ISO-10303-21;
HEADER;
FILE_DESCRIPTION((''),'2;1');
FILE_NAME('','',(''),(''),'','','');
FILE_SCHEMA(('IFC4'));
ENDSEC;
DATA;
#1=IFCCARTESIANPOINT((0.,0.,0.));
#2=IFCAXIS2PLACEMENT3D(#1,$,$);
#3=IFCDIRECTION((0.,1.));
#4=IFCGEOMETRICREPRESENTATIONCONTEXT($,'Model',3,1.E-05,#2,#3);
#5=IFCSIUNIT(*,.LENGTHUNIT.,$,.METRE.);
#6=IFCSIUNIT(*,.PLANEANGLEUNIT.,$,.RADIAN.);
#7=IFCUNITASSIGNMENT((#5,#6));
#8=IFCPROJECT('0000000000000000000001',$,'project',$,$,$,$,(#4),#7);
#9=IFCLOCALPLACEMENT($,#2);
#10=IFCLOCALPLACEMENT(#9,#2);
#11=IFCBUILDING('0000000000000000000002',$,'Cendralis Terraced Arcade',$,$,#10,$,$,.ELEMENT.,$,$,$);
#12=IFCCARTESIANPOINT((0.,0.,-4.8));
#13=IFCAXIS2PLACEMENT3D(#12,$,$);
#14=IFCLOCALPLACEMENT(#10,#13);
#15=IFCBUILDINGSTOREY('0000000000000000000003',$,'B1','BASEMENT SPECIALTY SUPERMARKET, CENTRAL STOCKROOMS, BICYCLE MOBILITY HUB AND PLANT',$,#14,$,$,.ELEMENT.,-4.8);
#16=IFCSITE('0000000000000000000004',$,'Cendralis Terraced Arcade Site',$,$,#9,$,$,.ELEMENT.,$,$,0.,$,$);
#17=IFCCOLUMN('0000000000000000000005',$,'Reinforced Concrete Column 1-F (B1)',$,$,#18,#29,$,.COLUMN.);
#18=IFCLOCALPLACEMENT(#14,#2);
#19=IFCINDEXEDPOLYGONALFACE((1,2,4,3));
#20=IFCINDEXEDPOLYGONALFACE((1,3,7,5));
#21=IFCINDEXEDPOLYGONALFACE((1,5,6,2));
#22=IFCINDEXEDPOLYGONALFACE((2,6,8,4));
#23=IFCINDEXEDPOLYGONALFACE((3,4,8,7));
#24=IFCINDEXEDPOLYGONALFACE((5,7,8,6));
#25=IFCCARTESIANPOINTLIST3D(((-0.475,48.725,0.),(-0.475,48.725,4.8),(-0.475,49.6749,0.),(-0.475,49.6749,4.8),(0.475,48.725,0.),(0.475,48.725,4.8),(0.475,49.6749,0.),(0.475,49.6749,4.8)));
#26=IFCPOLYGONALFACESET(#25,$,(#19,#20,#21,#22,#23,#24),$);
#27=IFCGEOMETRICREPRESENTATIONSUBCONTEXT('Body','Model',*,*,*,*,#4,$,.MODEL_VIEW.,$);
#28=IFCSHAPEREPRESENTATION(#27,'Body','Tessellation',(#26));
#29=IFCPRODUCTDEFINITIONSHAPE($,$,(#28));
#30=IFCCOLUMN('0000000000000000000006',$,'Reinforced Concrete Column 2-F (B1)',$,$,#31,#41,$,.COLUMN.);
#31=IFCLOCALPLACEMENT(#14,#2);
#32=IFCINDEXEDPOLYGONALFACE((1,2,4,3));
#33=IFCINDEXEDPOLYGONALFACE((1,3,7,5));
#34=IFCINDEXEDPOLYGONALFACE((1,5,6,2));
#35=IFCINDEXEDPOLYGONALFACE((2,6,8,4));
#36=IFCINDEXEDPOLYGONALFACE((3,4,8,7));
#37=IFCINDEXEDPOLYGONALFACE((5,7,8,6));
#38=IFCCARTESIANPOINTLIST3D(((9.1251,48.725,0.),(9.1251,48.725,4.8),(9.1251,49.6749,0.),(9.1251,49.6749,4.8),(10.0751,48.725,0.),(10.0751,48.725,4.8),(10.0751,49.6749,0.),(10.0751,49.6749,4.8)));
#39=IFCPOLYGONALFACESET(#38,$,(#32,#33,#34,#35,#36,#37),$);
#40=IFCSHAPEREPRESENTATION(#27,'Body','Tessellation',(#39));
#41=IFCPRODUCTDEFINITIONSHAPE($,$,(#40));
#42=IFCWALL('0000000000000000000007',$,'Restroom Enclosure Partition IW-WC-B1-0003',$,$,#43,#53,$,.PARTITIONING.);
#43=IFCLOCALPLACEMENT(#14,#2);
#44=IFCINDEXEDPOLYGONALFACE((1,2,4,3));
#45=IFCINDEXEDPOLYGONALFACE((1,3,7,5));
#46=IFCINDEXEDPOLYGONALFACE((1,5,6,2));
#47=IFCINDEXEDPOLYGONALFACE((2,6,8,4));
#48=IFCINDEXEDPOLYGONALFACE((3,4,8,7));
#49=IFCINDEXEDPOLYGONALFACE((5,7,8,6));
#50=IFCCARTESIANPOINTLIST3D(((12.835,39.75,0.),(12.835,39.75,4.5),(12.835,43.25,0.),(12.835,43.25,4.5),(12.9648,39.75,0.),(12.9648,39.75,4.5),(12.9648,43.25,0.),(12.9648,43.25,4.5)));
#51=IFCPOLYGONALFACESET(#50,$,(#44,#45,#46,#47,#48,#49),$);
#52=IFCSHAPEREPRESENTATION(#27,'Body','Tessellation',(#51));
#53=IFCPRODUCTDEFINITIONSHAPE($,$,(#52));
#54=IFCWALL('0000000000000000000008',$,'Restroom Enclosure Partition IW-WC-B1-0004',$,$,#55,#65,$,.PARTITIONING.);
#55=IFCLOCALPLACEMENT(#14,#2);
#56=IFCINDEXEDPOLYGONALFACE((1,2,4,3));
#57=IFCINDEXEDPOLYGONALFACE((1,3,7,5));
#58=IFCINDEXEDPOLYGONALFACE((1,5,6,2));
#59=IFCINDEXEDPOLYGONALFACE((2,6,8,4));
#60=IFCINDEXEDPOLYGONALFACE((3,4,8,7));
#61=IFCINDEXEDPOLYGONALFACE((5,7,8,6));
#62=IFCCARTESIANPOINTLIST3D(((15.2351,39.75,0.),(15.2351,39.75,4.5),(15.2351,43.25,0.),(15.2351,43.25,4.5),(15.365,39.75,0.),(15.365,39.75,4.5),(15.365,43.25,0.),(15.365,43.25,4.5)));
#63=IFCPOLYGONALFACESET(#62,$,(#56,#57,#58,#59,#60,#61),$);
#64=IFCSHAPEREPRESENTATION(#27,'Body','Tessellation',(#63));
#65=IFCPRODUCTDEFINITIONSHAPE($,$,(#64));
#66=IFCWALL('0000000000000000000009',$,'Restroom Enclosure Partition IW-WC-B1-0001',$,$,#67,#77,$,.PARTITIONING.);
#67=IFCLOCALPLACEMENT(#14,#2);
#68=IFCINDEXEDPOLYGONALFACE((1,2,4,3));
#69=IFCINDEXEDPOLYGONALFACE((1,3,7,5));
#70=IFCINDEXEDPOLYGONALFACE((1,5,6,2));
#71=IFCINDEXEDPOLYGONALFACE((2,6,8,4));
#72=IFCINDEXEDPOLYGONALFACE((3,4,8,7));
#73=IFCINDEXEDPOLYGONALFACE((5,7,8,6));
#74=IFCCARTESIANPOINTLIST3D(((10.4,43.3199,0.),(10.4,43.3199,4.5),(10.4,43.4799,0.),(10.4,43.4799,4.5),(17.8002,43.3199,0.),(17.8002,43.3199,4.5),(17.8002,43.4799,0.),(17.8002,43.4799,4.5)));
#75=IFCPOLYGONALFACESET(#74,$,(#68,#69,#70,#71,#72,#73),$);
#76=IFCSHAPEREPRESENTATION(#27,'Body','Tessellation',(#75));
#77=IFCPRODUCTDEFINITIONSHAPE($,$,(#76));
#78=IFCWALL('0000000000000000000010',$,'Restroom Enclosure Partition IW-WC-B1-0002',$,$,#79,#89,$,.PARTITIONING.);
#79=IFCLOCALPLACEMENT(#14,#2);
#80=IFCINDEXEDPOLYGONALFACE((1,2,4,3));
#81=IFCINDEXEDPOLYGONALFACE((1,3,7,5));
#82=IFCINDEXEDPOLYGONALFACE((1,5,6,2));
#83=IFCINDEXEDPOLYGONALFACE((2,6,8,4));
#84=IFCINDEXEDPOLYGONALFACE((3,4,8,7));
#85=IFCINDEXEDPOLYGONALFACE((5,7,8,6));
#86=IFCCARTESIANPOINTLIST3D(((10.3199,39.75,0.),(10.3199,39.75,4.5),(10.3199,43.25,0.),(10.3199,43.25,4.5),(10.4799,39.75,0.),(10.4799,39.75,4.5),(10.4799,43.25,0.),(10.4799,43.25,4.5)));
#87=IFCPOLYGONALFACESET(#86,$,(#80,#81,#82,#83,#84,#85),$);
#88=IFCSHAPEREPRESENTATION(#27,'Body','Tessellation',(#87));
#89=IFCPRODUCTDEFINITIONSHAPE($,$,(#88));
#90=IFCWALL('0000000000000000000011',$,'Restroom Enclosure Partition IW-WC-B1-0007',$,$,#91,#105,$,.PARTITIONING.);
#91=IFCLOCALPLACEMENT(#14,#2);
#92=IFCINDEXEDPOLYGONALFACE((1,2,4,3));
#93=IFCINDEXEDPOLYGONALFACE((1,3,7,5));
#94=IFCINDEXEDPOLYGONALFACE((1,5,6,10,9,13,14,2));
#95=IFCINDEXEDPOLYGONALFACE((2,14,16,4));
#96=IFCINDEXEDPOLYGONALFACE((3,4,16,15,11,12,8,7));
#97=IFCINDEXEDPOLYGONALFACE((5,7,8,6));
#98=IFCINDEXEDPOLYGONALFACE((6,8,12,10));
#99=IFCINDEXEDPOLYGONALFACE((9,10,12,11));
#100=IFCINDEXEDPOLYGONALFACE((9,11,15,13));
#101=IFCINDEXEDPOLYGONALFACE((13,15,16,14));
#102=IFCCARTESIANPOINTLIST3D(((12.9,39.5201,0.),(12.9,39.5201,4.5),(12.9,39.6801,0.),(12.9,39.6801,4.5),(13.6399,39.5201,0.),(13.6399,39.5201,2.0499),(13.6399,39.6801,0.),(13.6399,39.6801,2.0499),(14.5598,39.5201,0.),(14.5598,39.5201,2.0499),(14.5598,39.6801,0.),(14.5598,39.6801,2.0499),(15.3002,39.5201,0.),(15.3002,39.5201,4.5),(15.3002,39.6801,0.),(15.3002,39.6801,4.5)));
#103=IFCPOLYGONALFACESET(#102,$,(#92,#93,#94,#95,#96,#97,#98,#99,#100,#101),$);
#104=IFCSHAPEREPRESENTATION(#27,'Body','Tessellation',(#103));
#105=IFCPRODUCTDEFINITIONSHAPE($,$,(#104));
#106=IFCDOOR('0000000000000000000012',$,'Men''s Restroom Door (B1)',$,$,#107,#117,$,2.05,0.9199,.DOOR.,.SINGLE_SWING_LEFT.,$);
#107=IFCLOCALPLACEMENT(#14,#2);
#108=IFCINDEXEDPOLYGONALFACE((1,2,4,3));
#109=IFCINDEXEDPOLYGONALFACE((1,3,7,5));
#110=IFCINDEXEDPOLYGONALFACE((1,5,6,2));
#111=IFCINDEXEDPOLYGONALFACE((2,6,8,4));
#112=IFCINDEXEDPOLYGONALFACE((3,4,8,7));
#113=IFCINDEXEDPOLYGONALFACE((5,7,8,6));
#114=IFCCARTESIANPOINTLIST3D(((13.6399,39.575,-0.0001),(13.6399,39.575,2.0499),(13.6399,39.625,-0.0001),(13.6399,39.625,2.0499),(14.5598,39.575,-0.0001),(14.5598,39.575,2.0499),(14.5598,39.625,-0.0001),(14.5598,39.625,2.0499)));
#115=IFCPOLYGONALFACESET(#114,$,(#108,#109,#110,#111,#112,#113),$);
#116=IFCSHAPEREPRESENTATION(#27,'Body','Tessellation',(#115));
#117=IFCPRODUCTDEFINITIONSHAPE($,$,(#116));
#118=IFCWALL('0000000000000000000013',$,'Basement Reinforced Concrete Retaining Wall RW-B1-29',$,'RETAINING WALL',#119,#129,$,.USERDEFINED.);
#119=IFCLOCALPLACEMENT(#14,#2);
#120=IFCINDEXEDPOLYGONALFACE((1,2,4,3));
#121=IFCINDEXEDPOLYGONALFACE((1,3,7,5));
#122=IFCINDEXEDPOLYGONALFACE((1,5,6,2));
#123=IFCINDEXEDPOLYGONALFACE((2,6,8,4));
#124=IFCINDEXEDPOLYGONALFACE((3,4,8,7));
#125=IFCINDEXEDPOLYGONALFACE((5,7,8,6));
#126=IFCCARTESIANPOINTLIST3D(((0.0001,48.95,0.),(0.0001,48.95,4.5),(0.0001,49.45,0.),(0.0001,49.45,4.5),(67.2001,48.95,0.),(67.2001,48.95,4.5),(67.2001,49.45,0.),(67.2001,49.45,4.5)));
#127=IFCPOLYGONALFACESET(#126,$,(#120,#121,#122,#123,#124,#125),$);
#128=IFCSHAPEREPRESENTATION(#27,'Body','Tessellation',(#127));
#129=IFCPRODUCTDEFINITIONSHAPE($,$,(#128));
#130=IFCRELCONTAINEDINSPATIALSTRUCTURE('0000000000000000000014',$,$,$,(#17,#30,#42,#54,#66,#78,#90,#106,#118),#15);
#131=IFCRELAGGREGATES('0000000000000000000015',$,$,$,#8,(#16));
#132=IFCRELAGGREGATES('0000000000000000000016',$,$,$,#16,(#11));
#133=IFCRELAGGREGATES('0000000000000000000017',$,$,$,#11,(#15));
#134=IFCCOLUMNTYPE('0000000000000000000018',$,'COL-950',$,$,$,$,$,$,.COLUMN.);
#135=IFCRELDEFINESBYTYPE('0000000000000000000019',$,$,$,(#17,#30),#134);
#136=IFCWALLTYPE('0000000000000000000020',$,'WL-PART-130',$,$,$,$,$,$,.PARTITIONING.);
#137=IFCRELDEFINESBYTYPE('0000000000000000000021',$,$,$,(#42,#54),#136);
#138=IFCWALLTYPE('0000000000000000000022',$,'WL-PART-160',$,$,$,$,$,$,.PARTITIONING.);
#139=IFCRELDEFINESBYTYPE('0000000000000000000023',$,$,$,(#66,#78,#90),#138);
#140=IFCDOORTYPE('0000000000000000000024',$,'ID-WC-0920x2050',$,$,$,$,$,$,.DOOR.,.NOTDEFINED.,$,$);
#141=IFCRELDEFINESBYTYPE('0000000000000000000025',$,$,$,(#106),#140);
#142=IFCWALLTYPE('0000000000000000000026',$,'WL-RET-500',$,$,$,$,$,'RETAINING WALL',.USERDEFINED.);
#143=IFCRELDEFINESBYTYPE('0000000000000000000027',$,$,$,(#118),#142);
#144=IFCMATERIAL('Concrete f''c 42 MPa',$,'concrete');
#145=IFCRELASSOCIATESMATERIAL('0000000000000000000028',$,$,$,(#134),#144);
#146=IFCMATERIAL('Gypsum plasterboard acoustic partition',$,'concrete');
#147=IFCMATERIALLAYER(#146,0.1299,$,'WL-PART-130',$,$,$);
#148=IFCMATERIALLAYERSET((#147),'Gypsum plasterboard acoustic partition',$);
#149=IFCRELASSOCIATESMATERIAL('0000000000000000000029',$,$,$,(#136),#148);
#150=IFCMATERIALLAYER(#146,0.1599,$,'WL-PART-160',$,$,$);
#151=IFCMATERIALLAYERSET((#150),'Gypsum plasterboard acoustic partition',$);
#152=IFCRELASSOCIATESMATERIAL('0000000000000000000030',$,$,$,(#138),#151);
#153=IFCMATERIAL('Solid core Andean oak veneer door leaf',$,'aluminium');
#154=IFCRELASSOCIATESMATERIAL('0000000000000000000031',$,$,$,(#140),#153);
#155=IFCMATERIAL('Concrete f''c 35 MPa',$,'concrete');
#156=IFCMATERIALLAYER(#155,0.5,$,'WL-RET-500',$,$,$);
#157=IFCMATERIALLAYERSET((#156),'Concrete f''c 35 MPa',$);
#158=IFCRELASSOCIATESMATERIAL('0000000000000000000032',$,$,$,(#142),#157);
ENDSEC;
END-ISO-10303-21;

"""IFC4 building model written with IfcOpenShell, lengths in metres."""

from ifc_helpers import new_model, si_unit, direction, frame, frame_2d, origin, origin_2d, place, context, subcontext, project, spatial, rectangle, extrude, material, layer, layer_set, material_profile, profile_set, type_object, element, fill, save


model = new_model("IFC4")

# Units and contexts
model_context = context("Model", 3, precision=1e-05, world=origin(), true_north=direction((0.0, 1.0)))
body_context = subcontext(model_context, "Body", "Model", "MODEL_VIEW")
ifc_project = project(units=[si_unit("LENGTHUNIT", "METRE"), si_unit("PLANEANGLEUNIT", "RADIAN")], contexts=[model_context])

# Site, building, storey
site_placement = place(None, origin())
site = spatial("IfcSite", under=ifc_project, at=site_placement, Name="Cendralis Terraced Arcade Site", CompositionType="ELEMENT", RefElevation=0.0)
building_placement = place(site_placement, origin())
building = spatial("IfcBuilding", under=site, at=building_placement, Name="Cendralis Terraced Arcade", CompositionType="ELEMENT")
storey_placement = place(building_placement, frame((0.0, 0.0, -4.8)))
storey = spatial("IfcBuildingStorey", under=building, at=storey_placement, Name="B1", Description="BASEMENT SPECIALTY SUPERMARKET, CENTRAL STOCKROOMS, BICYCLE MOBILITY HUB AND PLANT", CompositionType="ELEMENT", Elevation=-4.8)

# Shared definitions
ifc_material_1 = material(Name="Concrete f'c 35 MPa", Category="concrete")

# Columns
ifc_material_2 = material(Name="Concrete f'c 42 MPa", Category="concrete")
ifc_material_profile_1 = material_profile(ifc_material_2, rectangle(XDim=0.95, YDim=0.95, at=origin_2d()), Name="RC-COL-950x950", Category="LoadBearing")
ifc_profile_set_1 = profile_set([ifc_material_profile_1], Name="Concrete f'c 42 MPa")
column_type = type_object("IfcColumnType", Name="COL-950", PredefinedType="COLUMN", material=ifc_profile_set_1)
for number, where, z_axis, x_axis, name in (
    (1, (0.0, 49.2, 0.0), (0.0, 0.0, 1.0), (1.0, 0.0, 0.0), "Reinforced Concrete Column 1-F (B1)"),
    (2, (9.6001, 49.2, 0.0), (0.0, 0.0, 1.0), (1.0, 0.0, 0.0), "Reinforced Concrete Column 2-F (B1)"),
):
    element("IfcColumn", number, at=place(storey_placement, frame(where, z_axis=z_axis, x_axis=x_axis)), inside=storey, type_object=column_type, Name=name, PredefinedType="COLUMN", context=body_context, shape_type="SweptSolid", body=[
        extrude(rectangle(XDim=0.95, YDim=0.95, at=origin_2d()), origin(), (0.0, 0.0, 1.0), 4.8),
    ])

# Walls
ifc_material_3 = material(Name="Gypsum plasterboard acoustic partition", Category="concrete")
ifc_layer_1 = layer(ifc_material_3, 0.1299, Name="WL-PART-130")
ifc_layer_set_1 = layer_set([ifc_layer_1], Name="Gypsum plasterboard acoustic partition")
wall_type_1 = type_object("IfcWallType", Name="WL-PART-130", PredefinedType="PARTITIONING", material=ifc_layer_set_1)
for number, where, z_axis, x_axis, name in (
    (3, (12.8999, 39.75, 0.0), (0.0, 0.0, 1.0), (0.0, 1.0, 0.0), "Restroom Enclosure Partition IW-WC-B1-0003"),
    (4, (15.3, 39.75, 0.0), (0.0, 0.0, 1.0), (0.0, 1.0, 0.0), "Restroom Enclosure Partition IW-WC-B1-0004"),
):
    element("IfcWall", number, at=place(storey_placement, frame(where, z_axis=z_axis, x_axis=x_axis)), inside=storey, type_object=wall_type_1, Name=name, PredefinedType="PARTITIONING", context=body_context, shape_type="SweptSolid", body=[
        extrude(rectangle(XDim=3.5, YDim=0.1299, at=frame_2d((1.75, 0.0))), origin(), (0.0, 0.0, 1.0), 4.5),
    ])
ifc_layer_2 = layer(ifc_material_3, 0.1599, Name="WL-PART-160")
ifc_layer_set_2 = layer_set([ifc_layer_2], Name="Gypsum plasterboard acoustic partition")
wall_type_2 = type_object("IfcWallType", Name="WL-PART-160", PredefinedType="PARTITIONING", material=ifc_layer_set_2)
wall_1_placement = place(storey_placement, frame((10.3999, 43.3999, 0.0), z_axis=(0.0, 0.0, 1.0), x_axis=(1.0, 0.0, 0.0)))
element("IfcWall", 5, at=wall_1_placement, inside=storey, type_object=wall_type_2, Name="Restroom Enclosure Partition IW-WC-B1-0001", PredefinedType="PARTITIONING", context=body_context, shape_type="SweptSolid", body=[
    extrude(rectangle(XDim=7.4001, YDim=0.1599, at=frame_2d((3.7002, 0.0))), origin(), (0.0, 0.0, 1.0), 4.5),
])
wall_2_placement = place(storey_placement, frame((10.3999, 39.75, 0.0), z_axis=(0.0, 0.0, 1.0), x_axis=(0.0, 1.0, 0.0)))
element("IfcWall", 6, at=wall_2_placement, inside=storey, type_object=wall_type_2, Name="Restroom Enclosure Partition IW-WC-B1-0002", PredefinedType="PARTITIONING", context=body_context, shape_type="SweptSolid", body=[
    extrude(rectangle(XDim=3.5, YDim=0.1599, at=frame_2d((1.75, 0.0))), origin(), (0.0, 0.0, 1.0), 4.5),
])

# Wall, opening, door
wall_3_placement = place(storey_placement, frame((12.8999, 39.6001, 0.0), z_axis=(0.0, 0.0, 1.0), x_axis=(1.0, 0.0, 0.0)))
wall_3 = element("IfcWall", 7, at=wall_3_placement, inside=storey, type_object=wall_type_2, Name="Restroom Enclosure Partition IW-WC-B1-0007", PredefinedType="PARTITIONING", context=body_context, shape_type="SweptSolid", body=[
    extrude(rectangle(XDim=2.4001, YDim=0.1599, at=frame_2d((1.2002, 0.0))), origin(), (0.0, 0.0, 1.0), 4.5),
])
opening_1_placement = place(wall_3_placement, frame((0.74, 0.0, 0.0)))
opening_1 = element("IfcOpeningElement", 8, at=opening_1_placement, cuts=wall_3, PredefinedType="OPENING", context=body_context, shape_type="SweptSolid", body=[
    extrude(rectangle(XDim=0.9199, YDim=2.05, at=frame_2d((0.46, 1.0249))), frame((0.0, 0.0918, 0.0), z_axis=(0.0, -1.0, 0.0), x_axis=(1.0, 0.0, 0.0)), (0.0, 0.0, 1.0), 0.1838),
])
ifc_material_4 = material(Name="Solid core Andean oak veneer door leaf", Category="aluminium")
door_type_1 = type_object("IfcDoorType", Name="ID-WC-0920x2050", OperationType="NOTDEFINED", PredefinedType="DOOR", material=ifc_material_4)
door_1_placement = place(opening_1_placement, origin())
door_1 = element("IfcDoor", 9, at=door_1_placement, inside=storey, type_object=door_type_1, Name="Men's Restroom Door (B1)", OperationType="SINGLE_SWING_LEFT", OverallHeight=2.05, OverallWidth=0.9199, PredefinedType="DOOR", context=body_context, shape_type="SweptSolid", body=[
    extrude(rectangle(XDim=0.9199, YDim=2.05, at=frame_2d((0.46, 1.0249))), frame((0.0, 0.0249, 0.0), z_axis=(0.0, -1.0, 0.0), x_axis=(1.0, 0.0, 0.0)), (0.0, 0.0, 1.0), 0.05),
])
fill(opening_1, door_1)

# Wall
ifc_layer_3 = layer(ifc_material_1, 0.5, Name="WL-RET-500")
ifc_layer_set_3 = layer_set([ifc_layer_3], Name="Concrete f'c 35 MPa")
wall_type_3 = type_object("IfcWallType", Name="WL-RET-500", ElementType="RETAINING WALL", PredefinedType="USERDEFINED", material=ifc_layer_set_3)
wall_4_placement = place(storey_placement, frame((0.0, 49.2, 0.0), z_axis=(0.0, 0.0, 1.0), x_axis=(1.0, 0.0, 0.0)))
element("IfcWall", 10, at=wall_4_placement, inside=storey, type_object=wall_type_3, Name="Basement Reinforced Concrete Retaining Wall RW-B1-29", ObjectType="RETAINING WALL", PredefinedType="USERDEFINED", context=body_context, shape_type="SweptSolid", body=[
    extrude(rectangle(XDim=67.2, YDim=0.5, at=frame_2d((33.6001, 0.0))), origin(), (0.0, 0.0, 1.0), 4.5),
])

save(model, "model.ifc")
